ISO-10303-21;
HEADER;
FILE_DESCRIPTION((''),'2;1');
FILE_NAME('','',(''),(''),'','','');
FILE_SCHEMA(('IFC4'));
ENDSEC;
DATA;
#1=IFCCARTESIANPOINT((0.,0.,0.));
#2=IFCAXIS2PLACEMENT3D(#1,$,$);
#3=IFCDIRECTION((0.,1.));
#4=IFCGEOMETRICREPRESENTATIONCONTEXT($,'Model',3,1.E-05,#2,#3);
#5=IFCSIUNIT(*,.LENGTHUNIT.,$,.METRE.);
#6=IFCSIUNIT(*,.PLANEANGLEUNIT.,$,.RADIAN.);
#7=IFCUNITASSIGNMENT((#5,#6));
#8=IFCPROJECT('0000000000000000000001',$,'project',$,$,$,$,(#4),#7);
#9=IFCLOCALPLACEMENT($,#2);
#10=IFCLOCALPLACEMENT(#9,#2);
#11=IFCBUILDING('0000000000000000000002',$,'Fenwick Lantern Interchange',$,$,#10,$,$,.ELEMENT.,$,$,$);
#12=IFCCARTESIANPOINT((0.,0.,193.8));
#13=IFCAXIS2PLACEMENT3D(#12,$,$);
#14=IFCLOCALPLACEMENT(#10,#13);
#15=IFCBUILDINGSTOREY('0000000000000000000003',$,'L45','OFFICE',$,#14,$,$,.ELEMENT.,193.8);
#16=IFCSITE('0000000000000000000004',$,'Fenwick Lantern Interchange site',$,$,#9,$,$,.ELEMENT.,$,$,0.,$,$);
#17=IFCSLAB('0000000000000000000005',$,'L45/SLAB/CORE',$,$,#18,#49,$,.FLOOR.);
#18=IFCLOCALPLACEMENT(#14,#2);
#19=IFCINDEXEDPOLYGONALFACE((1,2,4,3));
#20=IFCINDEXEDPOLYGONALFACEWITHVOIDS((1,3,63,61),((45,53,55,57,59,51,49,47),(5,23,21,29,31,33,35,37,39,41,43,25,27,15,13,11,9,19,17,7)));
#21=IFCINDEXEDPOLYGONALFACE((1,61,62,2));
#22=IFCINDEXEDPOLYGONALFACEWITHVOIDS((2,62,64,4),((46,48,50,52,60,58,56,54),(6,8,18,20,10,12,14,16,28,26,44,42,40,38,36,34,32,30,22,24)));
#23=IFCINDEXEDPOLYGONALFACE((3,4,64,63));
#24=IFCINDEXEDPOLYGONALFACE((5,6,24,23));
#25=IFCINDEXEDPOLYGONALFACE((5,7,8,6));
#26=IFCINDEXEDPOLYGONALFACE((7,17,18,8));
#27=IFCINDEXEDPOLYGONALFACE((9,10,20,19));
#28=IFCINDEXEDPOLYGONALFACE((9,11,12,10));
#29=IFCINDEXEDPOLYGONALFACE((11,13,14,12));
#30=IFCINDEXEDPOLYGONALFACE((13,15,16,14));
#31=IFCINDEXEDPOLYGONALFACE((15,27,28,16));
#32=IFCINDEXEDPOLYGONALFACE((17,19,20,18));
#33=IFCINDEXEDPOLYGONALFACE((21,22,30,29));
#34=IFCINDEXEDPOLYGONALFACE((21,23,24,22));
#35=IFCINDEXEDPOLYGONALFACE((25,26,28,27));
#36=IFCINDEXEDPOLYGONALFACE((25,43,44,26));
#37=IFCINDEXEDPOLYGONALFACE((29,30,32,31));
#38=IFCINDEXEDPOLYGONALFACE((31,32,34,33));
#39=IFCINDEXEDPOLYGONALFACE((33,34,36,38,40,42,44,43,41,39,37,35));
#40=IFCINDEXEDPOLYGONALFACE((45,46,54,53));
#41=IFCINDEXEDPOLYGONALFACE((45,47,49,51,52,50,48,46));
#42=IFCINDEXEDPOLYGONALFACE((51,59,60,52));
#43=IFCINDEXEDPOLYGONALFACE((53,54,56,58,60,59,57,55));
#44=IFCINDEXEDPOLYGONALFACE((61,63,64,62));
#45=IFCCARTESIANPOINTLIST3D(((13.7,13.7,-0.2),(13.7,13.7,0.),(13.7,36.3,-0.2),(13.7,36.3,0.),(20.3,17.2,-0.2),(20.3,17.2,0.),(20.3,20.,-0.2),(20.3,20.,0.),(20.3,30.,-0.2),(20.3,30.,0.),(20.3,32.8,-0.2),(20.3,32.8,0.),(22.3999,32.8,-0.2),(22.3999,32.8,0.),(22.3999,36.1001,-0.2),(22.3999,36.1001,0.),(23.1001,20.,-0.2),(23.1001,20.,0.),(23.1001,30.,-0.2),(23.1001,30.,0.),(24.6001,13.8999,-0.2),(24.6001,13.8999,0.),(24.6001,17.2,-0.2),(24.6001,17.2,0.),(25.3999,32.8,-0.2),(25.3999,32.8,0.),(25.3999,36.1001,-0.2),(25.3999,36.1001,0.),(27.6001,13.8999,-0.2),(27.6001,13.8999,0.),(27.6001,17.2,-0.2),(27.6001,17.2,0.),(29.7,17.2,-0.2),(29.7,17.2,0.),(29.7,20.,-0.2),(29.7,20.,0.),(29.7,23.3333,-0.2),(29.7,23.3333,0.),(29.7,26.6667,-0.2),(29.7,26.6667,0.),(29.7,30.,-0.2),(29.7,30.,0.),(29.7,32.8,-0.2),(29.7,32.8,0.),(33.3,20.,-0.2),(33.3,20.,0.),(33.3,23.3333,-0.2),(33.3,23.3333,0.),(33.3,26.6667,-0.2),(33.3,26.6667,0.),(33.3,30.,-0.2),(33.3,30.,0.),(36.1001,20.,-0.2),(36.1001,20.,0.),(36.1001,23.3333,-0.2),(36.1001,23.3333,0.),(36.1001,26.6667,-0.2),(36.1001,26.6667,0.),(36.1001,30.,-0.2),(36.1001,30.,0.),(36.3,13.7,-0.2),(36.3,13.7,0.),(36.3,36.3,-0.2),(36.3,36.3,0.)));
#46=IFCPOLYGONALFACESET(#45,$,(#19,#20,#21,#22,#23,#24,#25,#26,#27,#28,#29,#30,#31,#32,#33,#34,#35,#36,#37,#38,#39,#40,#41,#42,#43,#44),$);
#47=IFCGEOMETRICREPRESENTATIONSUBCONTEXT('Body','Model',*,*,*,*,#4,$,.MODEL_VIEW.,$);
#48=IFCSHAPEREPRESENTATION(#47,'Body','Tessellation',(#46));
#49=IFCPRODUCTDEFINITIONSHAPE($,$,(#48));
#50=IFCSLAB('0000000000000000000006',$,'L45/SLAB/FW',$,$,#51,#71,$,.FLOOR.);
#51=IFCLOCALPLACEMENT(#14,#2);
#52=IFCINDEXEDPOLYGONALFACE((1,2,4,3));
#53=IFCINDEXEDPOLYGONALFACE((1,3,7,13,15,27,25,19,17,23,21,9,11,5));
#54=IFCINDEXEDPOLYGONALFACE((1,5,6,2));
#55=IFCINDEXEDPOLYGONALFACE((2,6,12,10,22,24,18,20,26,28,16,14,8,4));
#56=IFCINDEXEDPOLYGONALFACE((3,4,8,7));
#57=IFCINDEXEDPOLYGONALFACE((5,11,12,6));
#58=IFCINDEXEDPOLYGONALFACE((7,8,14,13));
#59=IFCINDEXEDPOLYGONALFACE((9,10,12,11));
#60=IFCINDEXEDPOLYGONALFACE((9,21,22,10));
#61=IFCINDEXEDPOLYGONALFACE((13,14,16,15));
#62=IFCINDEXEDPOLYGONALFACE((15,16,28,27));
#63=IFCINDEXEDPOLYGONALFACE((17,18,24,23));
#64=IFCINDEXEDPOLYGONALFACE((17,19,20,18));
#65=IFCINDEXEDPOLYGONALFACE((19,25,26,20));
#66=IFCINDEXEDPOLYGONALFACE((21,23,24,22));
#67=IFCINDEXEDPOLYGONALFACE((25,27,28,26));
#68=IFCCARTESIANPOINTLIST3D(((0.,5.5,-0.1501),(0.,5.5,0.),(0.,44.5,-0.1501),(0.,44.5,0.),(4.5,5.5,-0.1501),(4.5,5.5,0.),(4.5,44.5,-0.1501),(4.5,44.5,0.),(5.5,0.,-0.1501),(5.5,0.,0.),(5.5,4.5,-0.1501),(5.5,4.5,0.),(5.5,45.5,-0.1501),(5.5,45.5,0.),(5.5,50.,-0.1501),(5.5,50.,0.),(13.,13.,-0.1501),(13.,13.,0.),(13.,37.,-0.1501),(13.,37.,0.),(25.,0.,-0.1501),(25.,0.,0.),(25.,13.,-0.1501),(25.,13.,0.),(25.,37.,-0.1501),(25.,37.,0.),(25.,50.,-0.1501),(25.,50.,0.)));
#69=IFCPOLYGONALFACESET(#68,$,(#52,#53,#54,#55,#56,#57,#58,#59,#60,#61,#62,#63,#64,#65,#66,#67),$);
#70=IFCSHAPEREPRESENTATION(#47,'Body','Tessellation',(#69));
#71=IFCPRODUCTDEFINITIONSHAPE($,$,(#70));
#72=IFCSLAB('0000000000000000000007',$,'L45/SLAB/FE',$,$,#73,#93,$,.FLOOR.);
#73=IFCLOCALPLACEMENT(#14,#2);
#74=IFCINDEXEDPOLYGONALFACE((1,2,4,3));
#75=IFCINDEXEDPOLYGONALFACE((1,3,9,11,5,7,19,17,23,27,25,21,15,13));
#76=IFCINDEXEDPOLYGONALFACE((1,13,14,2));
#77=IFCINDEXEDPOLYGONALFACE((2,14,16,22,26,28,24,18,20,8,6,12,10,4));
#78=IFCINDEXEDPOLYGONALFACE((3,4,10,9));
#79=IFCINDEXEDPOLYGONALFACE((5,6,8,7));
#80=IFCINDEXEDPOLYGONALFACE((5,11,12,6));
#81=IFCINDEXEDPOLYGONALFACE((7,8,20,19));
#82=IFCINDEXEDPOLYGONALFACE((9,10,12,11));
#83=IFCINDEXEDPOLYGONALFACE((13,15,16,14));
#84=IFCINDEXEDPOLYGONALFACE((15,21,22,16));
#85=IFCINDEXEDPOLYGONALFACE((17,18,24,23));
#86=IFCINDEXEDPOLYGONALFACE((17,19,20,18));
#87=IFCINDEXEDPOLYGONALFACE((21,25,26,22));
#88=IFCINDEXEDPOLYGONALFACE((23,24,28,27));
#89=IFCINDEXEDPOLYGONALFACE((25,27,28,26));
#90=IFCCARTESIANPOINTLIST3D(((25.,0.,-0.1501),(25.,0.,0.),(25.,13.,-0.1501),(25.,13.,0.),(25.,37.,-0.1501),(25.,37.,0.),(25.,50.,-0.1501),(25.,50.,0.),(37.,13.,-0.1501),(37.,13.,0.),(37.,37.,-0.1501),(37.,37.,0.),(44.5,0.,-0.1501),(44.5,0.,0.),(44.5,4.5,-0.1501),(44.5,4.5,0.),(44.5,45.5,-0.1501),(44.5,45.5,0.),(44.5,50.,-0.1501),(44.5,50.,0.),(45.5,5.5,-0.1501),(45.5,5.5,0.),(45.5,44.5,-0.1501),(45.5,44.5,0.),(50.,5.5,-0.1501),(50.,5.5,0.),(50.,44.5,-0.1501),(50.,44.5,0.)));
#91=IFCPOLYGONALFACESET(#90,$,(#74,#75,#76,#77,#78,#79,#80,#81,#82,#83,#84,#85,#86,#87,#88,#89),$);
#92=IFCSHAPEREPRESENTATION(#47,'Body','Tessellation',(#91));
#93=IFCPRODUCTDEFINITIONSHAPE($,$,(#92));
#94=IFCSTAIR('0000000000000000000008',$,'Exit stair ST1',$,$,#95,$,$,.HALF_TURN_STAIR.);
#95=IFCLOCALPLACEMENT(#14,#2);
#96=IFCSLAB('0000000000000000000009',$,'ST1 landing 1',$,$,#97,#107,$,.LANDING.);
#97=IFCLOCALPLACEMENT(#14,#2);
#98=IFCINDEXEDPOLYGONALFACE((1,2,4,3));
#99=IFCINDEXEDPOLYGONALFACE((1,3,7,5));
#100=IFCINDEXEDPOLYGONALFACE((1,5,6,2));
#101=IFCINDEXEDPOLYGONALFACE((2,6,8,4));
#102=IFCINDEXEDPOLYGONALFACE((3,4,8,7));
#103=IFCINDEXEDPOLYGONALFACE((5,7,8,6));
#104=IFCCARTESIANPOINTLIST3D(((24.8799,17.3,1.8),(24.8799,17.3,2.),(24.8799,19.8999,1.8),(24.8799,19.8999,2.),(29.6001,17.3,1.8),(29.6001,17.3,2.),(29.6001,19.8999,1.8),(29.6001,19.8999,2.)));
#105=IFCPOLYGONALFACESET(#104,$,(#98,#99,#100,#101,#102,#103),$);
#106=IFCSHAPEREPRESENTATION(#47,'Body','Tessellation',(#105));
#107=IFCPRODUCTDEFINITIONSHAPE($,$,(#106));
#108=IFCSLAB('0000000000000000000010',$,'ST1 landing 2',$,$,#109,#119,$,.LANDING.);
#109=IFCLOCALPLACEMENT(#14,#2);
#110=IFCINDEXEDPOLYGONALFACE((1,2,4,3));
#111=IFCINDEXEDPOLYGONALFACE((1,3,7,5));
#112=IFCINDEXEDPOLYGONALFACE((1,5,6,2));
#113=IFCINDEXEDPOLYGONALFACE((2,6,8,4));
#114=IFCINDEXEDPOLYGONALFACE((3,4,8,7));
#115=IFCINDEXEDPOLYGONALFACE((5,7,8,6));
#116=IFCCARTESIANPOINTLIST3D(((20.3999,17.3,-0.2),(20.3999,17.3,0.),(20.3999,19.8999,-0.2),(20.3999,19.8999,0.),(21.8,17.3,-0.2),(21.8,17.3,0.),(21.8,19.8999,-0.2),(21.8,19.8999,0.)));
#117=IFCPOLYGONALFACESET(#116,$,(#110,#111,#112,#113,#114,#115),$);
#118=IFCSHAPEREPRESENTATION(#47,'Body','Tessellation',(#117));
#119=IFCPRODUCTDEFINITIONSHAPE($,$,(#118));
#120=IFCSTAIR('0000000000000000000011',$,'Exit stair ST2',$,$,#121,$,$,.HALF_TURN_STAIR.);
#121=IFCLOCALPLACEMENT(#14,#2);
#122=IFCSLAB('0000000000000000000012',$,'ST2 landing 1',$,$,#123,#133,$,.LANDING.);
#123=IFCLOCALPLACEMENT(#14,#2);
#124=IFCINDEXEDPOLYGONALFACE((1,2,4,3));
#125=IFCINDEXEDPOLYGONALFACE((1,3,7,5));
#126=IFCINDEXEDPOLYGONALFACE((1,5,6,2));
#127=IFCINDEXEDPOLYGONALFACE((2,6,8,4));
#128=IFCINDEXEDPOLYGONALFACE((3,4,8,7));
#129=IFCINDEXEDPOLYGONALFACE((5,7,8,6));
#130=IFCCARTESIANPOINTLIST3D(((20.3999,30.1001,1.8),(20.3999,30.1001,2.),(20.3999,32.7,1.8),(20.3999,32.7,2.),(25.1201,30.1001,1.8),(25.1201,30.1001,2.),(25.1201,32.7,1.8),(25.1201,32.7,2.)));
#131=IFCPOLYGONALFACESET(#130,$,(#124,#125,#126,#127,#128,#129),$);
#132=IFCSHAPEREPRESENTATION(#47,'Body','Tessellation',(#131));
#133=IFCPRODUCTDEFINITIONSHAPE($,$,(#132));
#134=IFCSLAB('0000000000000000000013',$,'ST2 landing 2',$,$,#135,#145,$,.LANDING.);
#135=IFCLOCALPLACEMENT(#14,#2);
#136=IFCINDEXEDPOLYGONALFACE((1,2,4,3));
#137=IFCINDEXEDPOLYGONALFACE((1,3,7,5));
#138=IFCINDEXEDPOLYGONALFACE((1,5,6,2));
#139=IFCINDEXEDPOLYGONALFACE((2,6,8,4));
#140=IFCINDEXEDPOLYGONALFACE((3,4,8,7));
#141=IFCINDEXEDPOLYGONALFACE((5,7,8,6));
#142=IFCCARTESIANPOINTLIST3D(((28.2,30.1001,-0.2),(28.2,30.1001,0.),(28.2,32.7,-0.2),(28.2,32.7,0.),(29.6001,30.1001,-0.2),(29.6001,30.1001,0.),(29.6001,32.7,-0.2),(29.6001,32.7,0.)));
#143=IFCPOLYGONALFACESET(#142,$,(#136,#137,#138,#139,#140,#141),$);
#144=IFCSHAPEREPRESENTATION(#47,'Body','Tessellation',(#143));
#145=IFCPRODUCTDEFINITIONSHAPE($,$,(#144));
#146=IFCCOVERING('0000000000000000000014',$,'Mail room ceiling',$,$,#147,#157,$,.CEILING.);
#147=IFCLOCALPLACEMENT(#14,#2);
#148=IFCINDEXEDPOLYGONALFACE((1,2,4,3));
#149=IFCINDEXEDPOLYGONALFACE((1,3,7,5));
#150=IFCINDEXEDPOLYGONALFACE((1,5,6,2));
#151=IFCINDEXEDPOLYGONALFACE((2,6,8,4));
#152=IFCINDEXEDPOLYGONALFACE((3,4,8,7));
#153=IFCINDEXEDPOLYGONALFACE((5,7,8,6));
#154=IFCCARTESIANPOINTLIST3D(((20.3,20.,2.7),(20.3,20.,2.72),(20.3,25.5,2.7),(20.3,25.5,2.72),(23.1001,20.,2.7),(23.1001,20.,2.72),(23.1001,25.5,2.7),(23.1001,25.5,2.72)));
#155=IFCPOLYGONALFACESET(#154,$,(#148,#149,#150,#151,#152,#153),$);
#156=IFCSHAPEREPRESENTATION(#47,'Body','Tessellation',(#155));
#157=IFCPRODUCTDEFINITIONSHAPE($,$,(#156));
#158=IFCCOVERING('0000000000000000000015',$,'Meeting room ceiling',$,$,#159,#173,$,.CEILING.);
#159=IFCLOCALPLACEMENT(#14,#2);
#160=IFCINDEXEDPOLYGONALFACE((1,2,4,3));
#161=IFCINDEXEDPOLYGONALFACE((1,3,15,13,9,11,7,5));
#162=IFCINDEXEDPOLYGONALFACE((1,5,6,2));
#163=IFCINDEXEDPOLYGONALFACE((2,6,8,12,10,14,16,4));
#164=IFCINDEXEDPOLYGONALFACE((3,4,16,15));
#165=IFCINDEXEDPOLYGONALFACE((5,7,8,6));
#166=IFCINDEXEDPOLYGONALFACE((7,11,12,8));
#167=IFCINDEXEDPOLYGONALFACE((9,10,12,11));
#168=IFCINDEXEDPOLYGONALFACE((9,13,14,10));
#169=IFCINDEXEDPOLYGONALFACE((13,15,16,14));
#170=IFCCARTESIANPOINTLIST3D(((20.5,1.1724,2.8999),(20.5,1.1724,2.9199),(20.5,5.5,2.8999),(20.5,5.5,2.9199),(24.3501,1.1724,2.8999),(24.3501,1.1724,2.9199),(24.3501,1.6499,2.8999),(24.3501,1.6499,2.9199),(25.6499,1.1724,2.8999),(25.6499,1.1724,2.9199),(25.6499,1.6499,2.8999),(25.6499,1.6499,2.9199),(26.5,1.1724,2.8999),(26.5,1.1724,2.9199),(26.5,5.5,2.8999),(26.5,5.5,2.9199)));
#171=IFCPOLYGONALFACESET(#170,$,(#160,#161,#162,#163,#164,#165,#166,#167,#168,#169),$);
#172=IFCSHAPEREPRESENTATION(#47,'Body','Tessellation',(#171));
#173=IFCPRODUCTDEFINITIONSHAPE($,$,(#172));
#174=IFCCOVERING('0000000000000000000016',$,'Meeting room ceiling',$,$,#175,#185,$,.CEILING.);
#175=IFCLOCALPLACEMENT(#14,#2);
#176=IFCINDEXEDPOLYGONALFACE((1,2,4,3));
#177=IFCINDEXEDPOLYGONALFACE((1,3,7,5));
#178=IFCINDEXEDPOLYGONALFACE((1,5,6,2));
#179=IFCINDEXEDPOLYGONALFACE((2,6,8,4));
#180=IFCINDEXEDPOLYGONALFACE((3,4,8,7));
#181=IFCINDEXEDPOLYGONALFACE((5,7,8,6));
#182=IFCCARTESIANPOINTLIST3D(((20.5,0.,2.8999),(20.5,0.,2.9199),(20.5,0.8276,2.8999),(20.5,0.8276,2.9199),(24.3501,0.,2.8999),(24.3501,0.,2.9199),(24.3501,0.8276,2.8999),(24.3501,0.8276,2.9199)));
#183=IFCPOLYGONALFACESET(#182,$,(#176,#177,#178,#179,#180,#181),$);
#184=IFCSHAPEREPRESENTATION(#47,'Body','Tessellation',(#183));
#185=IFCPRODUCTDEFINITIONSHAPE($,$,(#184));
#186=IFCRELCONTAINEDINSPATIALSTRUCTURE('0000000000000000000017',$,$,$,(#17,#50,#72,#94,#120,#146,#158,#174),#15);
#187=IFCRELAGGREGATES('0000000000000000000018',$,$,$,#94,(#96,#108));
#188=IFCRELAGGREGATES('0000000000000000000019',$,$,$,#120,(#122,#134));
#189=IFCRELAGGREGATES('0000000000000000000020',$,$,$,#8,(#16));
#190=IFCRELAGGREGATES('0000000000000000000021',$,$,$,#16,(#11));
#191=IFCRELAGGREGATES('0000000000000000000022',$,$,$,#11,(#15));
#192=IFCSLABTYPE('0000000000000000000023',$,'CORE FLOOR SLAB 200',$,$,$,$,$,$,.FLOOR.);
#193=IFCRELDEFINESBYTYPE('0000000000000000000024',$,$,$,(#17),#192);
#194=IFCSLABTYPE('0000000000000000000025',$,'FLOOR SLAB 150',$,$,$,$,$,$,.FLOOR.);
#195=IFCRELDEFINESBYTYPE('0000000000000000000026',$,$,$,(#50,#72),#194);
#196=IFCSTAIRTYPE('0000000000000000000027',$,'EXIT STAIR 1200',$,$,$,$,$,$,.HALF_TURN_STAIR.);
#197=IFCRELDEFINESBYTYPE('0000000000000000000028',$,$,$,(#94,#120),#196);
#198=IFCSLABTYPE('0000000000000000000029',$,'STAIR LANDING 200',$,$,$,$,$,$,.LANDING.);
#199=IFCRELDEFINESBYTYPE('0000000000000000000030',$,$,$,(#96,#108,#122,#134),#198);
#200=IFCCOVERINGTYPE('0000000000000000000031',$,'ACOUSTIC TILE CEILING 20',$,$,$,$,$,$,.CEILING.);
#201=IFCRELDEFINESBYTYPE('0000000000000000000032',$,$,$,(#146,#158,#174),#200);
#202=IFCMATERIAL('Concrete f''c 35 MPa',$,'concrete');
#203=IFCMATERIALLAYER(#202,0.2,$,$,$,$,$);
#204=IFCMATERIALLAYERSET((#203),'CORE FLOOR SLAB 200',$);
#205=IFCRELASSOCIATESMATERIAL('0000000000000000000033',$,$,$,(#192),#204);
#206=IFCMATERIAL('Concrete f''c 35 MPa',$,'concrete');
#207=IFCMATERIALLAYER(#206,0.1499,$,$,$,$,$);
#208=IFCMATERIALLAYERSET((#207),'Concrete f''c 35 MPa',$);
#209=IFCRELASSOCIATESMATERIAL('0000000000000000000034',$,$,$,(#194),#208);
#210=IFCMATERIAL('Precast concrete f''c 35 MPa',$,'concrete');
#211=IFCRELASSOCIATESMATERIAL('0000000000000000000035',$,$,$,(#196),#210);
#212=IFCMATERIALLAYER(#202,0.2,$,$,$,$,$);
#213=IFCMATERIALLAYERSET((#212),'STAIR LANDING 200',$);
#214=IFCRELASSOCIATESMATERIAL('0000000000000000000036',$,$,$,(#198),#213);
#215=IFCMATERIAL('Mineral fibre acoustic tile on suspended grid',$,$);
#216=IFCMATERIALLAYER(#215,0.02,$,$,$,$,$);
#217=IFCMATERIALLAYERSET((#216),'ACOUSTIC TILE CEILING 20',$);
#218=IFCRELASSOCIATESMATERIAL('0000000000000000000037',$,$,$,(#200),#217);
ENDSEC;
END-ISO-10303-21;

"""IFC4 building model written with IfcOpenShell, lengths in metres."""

from ifc_helpers import new_model, si_unit, direction, frame, origin, place, context, subcontext, project, spatial, polyline, outline, extrude, material, layer, layer_set, type_object, element, aggregate, save


model = new_model("IFC4")

# Units and contexts
model_context = context("Model", 3, precision=1e-05, world=origin(), true_north=direction((0.0, 1.0)))
body_context = subcontext(model_context, "Body", "Model", "MODEL_VIEW")
ifc_project = project(units=[si_unit("LENGTHUNIT", "METRE"), si_unit("PLANEANGLEUNIT", "RADIAN")], contexts=[model_context])

# Site, building, storey
site_placement = place(None, origin())
site = spatial("IfcSite", under=ifc_project, at=site_placement, Name="Fenwick Lantern Interchange site", CompositionType="ELEMENT", RefElevation=0.0)
building_placement = place(site_placement, origin())
building = spatial("IfcBuilding", under=site, at=building_placement, Name="Fenwick Lantern Interchange", CompositionType="ELEMENT")
storey_placement = place(building_placement, frame((0.0, 0.0, 193.8)))
storey = spatial("IfcBuildingStorey", under=building, at=storey_placement, Name="L45", Description="OFFICE", CompositionType="ELEMENT", Elevation=193.8)

# Slabs
ifc_material_1 = material(Name="Concrete f'c 35 MPa", Category="concrete")
ifc_layer_1 = layer(ifc_material_1, 0.2)
ifc_layer_set_1 = layer_set([ifc_layer_1], Name="CORE FLOOR SLAB 200")
slab_type_1 = type_object("IfcSlabType", Name="CORE FLOOR SLAB 200", PredefinedType="FLOOR", material=ifc_layer_set_1)
slab_1_placement = place(storey_placement, frame((0.0, 0.0, -0.2)))
element("IfcSlab", 1, at=slab_1_placement, inside=storey, type_object=slab_type_1, Name="L45/SLAB/CORE", PredefinedType="FLOOR", context=body_context, shape_type="SweptSolid", body=[
    extrude(outline(polyline([(13.7, 36.3), (36.3, 36.3), (36.3, 13.7), (13.7, 13.7), (13.7, 36.3)]), holes=[polyline([(24.6001, 13.8999), (27.6001, 13.8999), (27.6001, 17.2), (29.7, 17.2), (29.7, 20.0), (29.7, 23.3333), (29.7, 26.6667), (29.7, 30.0), (29.7, 32.8), (25.3999, 32.8), (25.3999, 36.1001), (22.3999, 36.1001), (22.3999, 32.8), (20.3, 32.8), (20.3, 30.0), (23.1001, 30.0), (23.1001, 20.0), (20.3, 20.0), (20.3, 17.2), (24.6001, 17.2), (24.6001, 13.8999)]), polyline([(33.3, 23.3333), (33.3, 20.0), (36.1001, 20.0), (36.1001, 23.3333), (36.1001, 26.6667), (36.1001, 30.0), (33.3, 30.0), (33.3, 26.6667), (33.3, 23.3333)])]), origin(), (0.0, 0.0, 1.0), 0.2),
])
ifc_material_2 = material(Name="Concrete f'c 35 MPa", Category="concrete")
ifc_layer_2 = layer(ifc_material_2, 0.1499)
ifc_layer_set_2 = layer_set([ifc_layer_2], Name="Concrete f'c 35 MPa")
slab_type_2 = type_object("IfcSlabType", Name="FLOOR SLAB 150", PredefinedType="FLOOR", material=ifc_layer_set_2)
slab_2_placement = place(storey_placement, frame((0.0, 0.0, -0.1501)))
element("IfcSlab", 2, at=slab_2_placement, inside=storey, type_object=slab_type_2, Name="L45/SLAB/FW", PredefinedType="FLOOR", context=body_context, shape_type="SweptSolid", body=[
    extrude(outline(polyline([(5.5, 0.0), (5.5, 4.5), (4.5, 5.5), (0.0, 5.5), (0.0, 44.5), (4.5, 44.5), (5.5, 45.5), (5.5, 50.0), (25.0, 50.0), (25.0, 37.0), (13.0, 37.0), (13.0, 13.0), (25.0, 13.0), (25.0, 0.0), (5.5, 0.0)])), origin(), (0.0, 0.0, 1.0), 0.1501),
])
slab_3_placement = place(storey_placement, frame((0.0, 0.0, -0.1501)))
element("IfcSlab", 3, at=slab_3_placement, inside=storey, type_object=slab_type_2, Name="L45/SLAB/FE", PredefinedType="FLOOR", context=body_context, shape_type="SweptSolid", body=[
    extrude(outline(polyline([(44.5, 50.0), (44.5, 45.5), (45.5, 44.5), (50.0, 44.5), (50.0, 5.5), (45.5, 5.5), (44.5, 4.5), (44.5, 0.0), (25.0, 0.0), (25.0, 13.0), (37.0, 13.0), (37.0, 37.0), (25.0, 37.0), (25.0, 50.0), (44.5, 50.0)])), origin(), (0.0, 0.0, 1.0), 0.1501),
])

# Stairs, slabs
ifc_material_3 = material(Name="Precast concrete f'c 35 MPa", Category="concrete")
stair_type = type_object("IfcStairType", Name="EXIT STAIR 1200", PredefinedType="HALF_TURN_STAIR", material=ifc_material_3)
stair_1_placement = place(storey_placement, origin())
stair_1 = element("IfcStair", 4, at=stair_1_placement, inside=storey, type_object=stair_type, Name="Exit stair ST1", PredefinedType="HALF_TURN_STAIR")
ifc_layer_3 = layer(ifc_material_1, 0.2)
ifc_layer_set_3 = layer_set([ifc_layer_3], Name="STAIR LANDING 200")
slab_type_3 = type_object("IfcSlabType", Name="STAIR LANDING 200", PredefinedType="LANDING", material=ifc_layer_set_3)
slab_4_placement = place(storey_placement, frame((0.0, 0.0, 1.8)))
slab_4 = element("IfcSlab", 5, at=slab_4_placement, type_object=slab_type_3, Name="ST1 landing 1", PredefinedType="LANDING", context=body_context, shape_type="SweptSolid", body=[
    extrude(outline(polyline([(24.8799, 17.3), (29.6001, 17.3), (29.6001, 19.8999), (24.8799, 19.8999), (24.8799, 17.3)])), origin(), (0.0, 0.0, 1.0), 0.2),
])
slab_5_placement = place(storey_placement, frame((0.0, 0.0, -0.2)))
slab_5 = element("IfcSlab", 6, at=slab_5_placement, type_object=slab_type_3, Name="ST1 landing 2", PredefinedType="LANDING", context=body_context, shape_type="SweptSolid", body=[
    extrude(outline(polyline([(20.3999, 17.3), (21.8, 17.3), (21.8, 19.8999), (20.3999, 19.8999), (20.3999, 17.3)])), origin(), (0.0, 0.0, 1.0), 0.2),
])
aggregate(stair_1, [slab_4, slab_5])
stair_2_placement = place(storey_placement, origin())
stair_2 = element("IfcStair", 7, at=stair_2_placement, inside=storey, type_object=stair_type, Name="Exit stair ST2", PredefinedType="HALF_TURN_STAIR")
slab_6_placement = place(storey_placement, frame((0.0, 0.0, 1.8)))
slab_6 = element("IfcSlab", 8, at=slab_6_placement, type_object=slab_type_3, Name="ST2 landing 1", PredefinedType="LANDING", context=body_context, shape_type="SweptSolid", body=[
    extrude(outline(polyline([(25.1201, 32.7), (20.3999, 32.7), (20.3999, 30.1001), (25.1201, 30.1001), (25.1201, 32.7)])), origin(), (0.0, 0.0, 1.0), 0.2),
])
slab_7_placement = place(storey_placement, frame((0.0, 0.0, -0.2)))
slab_7 = element("IfcSlab", 9, at=slab_7_placement, type_object=slab_type_3, Name="ST2 landing 2", PredefinedType="LANDING", context=body_context, shape_type="SweptSolid", body=[
    extrude(outline(polyline([(29.6001, 32.7), (28.2, 32.7), (28.2, 30.1001), (29.6001, 30.1001), (29.6001, 32.7)])), origin(), (0.0, 0.0, 1.0), 0.2),
])
aggregate(stair_2, [slab_6, slab_7])

# Coverings
ifc_material_4 = material(Name="Mineral fibre acoustic tile on suspended grid")
ifc_layer_4 = layer(ifc_material_4, 0.02)
ifc_layer_set_4 = layer_set([ifc_layer_4], Name="ACOUSTIC TILE CEILING 20")
covering_type_1 = type_object("IfcCoveringType", Name="ACOUSTIC TILE CEILING 20", PredefinedType="CEILING", material=ifc_layer_set_4)
covering_1_placement = place(storey_placement, frame((0.0, 0.0, 2.7)))
element("IfcCovering", 10, at=covering_1_placement, inside=storey, type_object=covering_type_1, Name="Mail room ceiling", PredefinedType="CEILING", context=body_context, shape_type="SweptSolid", body=[
    extrude(outline(polyline([(20.3, 20.0), (23.1001, 20.0), (23.1001, 25.5), (20.3, 25.5), (20.3, 20.0)])), origin(), (0.0, 0.0, 1.0), 0.02),
])
covering_2_placement = place(storey_placement, frame((0.0, 0.0, 2.8999)))
element("IfcCovering", 11, at=covering_2_placement, inside=storey, type_object=covering_type_1, Name="Meeting room ceiling", PredefinedType="CEILING", context=body_context, shape_type="SweptSolid", body=[
    extrude(outline(polyline([(20.5, 5.5), (20.5, 1.1724), (24.3501, 1.1724), (24.3501, 1.6499), (25.6499, 1.6499), (25.6499, 1.1724), (26.5, 1.1724), (26.5, 5.5), (20.5, 5.5)])), origin(), (0.0, 0.0, 1.0), 0.02),
])
covering_3_placement = place(storey_placement, frame((0.0, 0.0, 2.8999)))
element("IfcCovering", 12, at=covering_3_placement, inside=storey, type_object=covering_type_1, Name="Meeting room ceiling", PredefinedType="CEILING", context=body_context, shape_type="SweptSolid", body=[
    extrude(outline(polyline([(20.5, 0.8276), (20.5, 0.0), (24.3501, 0.0), (24.3501, 0.8276), (20.5, 0.8276)])), origin(), (0.0, 0.0, 1.0), 0.02),
])

save(model, "model.ifc")
